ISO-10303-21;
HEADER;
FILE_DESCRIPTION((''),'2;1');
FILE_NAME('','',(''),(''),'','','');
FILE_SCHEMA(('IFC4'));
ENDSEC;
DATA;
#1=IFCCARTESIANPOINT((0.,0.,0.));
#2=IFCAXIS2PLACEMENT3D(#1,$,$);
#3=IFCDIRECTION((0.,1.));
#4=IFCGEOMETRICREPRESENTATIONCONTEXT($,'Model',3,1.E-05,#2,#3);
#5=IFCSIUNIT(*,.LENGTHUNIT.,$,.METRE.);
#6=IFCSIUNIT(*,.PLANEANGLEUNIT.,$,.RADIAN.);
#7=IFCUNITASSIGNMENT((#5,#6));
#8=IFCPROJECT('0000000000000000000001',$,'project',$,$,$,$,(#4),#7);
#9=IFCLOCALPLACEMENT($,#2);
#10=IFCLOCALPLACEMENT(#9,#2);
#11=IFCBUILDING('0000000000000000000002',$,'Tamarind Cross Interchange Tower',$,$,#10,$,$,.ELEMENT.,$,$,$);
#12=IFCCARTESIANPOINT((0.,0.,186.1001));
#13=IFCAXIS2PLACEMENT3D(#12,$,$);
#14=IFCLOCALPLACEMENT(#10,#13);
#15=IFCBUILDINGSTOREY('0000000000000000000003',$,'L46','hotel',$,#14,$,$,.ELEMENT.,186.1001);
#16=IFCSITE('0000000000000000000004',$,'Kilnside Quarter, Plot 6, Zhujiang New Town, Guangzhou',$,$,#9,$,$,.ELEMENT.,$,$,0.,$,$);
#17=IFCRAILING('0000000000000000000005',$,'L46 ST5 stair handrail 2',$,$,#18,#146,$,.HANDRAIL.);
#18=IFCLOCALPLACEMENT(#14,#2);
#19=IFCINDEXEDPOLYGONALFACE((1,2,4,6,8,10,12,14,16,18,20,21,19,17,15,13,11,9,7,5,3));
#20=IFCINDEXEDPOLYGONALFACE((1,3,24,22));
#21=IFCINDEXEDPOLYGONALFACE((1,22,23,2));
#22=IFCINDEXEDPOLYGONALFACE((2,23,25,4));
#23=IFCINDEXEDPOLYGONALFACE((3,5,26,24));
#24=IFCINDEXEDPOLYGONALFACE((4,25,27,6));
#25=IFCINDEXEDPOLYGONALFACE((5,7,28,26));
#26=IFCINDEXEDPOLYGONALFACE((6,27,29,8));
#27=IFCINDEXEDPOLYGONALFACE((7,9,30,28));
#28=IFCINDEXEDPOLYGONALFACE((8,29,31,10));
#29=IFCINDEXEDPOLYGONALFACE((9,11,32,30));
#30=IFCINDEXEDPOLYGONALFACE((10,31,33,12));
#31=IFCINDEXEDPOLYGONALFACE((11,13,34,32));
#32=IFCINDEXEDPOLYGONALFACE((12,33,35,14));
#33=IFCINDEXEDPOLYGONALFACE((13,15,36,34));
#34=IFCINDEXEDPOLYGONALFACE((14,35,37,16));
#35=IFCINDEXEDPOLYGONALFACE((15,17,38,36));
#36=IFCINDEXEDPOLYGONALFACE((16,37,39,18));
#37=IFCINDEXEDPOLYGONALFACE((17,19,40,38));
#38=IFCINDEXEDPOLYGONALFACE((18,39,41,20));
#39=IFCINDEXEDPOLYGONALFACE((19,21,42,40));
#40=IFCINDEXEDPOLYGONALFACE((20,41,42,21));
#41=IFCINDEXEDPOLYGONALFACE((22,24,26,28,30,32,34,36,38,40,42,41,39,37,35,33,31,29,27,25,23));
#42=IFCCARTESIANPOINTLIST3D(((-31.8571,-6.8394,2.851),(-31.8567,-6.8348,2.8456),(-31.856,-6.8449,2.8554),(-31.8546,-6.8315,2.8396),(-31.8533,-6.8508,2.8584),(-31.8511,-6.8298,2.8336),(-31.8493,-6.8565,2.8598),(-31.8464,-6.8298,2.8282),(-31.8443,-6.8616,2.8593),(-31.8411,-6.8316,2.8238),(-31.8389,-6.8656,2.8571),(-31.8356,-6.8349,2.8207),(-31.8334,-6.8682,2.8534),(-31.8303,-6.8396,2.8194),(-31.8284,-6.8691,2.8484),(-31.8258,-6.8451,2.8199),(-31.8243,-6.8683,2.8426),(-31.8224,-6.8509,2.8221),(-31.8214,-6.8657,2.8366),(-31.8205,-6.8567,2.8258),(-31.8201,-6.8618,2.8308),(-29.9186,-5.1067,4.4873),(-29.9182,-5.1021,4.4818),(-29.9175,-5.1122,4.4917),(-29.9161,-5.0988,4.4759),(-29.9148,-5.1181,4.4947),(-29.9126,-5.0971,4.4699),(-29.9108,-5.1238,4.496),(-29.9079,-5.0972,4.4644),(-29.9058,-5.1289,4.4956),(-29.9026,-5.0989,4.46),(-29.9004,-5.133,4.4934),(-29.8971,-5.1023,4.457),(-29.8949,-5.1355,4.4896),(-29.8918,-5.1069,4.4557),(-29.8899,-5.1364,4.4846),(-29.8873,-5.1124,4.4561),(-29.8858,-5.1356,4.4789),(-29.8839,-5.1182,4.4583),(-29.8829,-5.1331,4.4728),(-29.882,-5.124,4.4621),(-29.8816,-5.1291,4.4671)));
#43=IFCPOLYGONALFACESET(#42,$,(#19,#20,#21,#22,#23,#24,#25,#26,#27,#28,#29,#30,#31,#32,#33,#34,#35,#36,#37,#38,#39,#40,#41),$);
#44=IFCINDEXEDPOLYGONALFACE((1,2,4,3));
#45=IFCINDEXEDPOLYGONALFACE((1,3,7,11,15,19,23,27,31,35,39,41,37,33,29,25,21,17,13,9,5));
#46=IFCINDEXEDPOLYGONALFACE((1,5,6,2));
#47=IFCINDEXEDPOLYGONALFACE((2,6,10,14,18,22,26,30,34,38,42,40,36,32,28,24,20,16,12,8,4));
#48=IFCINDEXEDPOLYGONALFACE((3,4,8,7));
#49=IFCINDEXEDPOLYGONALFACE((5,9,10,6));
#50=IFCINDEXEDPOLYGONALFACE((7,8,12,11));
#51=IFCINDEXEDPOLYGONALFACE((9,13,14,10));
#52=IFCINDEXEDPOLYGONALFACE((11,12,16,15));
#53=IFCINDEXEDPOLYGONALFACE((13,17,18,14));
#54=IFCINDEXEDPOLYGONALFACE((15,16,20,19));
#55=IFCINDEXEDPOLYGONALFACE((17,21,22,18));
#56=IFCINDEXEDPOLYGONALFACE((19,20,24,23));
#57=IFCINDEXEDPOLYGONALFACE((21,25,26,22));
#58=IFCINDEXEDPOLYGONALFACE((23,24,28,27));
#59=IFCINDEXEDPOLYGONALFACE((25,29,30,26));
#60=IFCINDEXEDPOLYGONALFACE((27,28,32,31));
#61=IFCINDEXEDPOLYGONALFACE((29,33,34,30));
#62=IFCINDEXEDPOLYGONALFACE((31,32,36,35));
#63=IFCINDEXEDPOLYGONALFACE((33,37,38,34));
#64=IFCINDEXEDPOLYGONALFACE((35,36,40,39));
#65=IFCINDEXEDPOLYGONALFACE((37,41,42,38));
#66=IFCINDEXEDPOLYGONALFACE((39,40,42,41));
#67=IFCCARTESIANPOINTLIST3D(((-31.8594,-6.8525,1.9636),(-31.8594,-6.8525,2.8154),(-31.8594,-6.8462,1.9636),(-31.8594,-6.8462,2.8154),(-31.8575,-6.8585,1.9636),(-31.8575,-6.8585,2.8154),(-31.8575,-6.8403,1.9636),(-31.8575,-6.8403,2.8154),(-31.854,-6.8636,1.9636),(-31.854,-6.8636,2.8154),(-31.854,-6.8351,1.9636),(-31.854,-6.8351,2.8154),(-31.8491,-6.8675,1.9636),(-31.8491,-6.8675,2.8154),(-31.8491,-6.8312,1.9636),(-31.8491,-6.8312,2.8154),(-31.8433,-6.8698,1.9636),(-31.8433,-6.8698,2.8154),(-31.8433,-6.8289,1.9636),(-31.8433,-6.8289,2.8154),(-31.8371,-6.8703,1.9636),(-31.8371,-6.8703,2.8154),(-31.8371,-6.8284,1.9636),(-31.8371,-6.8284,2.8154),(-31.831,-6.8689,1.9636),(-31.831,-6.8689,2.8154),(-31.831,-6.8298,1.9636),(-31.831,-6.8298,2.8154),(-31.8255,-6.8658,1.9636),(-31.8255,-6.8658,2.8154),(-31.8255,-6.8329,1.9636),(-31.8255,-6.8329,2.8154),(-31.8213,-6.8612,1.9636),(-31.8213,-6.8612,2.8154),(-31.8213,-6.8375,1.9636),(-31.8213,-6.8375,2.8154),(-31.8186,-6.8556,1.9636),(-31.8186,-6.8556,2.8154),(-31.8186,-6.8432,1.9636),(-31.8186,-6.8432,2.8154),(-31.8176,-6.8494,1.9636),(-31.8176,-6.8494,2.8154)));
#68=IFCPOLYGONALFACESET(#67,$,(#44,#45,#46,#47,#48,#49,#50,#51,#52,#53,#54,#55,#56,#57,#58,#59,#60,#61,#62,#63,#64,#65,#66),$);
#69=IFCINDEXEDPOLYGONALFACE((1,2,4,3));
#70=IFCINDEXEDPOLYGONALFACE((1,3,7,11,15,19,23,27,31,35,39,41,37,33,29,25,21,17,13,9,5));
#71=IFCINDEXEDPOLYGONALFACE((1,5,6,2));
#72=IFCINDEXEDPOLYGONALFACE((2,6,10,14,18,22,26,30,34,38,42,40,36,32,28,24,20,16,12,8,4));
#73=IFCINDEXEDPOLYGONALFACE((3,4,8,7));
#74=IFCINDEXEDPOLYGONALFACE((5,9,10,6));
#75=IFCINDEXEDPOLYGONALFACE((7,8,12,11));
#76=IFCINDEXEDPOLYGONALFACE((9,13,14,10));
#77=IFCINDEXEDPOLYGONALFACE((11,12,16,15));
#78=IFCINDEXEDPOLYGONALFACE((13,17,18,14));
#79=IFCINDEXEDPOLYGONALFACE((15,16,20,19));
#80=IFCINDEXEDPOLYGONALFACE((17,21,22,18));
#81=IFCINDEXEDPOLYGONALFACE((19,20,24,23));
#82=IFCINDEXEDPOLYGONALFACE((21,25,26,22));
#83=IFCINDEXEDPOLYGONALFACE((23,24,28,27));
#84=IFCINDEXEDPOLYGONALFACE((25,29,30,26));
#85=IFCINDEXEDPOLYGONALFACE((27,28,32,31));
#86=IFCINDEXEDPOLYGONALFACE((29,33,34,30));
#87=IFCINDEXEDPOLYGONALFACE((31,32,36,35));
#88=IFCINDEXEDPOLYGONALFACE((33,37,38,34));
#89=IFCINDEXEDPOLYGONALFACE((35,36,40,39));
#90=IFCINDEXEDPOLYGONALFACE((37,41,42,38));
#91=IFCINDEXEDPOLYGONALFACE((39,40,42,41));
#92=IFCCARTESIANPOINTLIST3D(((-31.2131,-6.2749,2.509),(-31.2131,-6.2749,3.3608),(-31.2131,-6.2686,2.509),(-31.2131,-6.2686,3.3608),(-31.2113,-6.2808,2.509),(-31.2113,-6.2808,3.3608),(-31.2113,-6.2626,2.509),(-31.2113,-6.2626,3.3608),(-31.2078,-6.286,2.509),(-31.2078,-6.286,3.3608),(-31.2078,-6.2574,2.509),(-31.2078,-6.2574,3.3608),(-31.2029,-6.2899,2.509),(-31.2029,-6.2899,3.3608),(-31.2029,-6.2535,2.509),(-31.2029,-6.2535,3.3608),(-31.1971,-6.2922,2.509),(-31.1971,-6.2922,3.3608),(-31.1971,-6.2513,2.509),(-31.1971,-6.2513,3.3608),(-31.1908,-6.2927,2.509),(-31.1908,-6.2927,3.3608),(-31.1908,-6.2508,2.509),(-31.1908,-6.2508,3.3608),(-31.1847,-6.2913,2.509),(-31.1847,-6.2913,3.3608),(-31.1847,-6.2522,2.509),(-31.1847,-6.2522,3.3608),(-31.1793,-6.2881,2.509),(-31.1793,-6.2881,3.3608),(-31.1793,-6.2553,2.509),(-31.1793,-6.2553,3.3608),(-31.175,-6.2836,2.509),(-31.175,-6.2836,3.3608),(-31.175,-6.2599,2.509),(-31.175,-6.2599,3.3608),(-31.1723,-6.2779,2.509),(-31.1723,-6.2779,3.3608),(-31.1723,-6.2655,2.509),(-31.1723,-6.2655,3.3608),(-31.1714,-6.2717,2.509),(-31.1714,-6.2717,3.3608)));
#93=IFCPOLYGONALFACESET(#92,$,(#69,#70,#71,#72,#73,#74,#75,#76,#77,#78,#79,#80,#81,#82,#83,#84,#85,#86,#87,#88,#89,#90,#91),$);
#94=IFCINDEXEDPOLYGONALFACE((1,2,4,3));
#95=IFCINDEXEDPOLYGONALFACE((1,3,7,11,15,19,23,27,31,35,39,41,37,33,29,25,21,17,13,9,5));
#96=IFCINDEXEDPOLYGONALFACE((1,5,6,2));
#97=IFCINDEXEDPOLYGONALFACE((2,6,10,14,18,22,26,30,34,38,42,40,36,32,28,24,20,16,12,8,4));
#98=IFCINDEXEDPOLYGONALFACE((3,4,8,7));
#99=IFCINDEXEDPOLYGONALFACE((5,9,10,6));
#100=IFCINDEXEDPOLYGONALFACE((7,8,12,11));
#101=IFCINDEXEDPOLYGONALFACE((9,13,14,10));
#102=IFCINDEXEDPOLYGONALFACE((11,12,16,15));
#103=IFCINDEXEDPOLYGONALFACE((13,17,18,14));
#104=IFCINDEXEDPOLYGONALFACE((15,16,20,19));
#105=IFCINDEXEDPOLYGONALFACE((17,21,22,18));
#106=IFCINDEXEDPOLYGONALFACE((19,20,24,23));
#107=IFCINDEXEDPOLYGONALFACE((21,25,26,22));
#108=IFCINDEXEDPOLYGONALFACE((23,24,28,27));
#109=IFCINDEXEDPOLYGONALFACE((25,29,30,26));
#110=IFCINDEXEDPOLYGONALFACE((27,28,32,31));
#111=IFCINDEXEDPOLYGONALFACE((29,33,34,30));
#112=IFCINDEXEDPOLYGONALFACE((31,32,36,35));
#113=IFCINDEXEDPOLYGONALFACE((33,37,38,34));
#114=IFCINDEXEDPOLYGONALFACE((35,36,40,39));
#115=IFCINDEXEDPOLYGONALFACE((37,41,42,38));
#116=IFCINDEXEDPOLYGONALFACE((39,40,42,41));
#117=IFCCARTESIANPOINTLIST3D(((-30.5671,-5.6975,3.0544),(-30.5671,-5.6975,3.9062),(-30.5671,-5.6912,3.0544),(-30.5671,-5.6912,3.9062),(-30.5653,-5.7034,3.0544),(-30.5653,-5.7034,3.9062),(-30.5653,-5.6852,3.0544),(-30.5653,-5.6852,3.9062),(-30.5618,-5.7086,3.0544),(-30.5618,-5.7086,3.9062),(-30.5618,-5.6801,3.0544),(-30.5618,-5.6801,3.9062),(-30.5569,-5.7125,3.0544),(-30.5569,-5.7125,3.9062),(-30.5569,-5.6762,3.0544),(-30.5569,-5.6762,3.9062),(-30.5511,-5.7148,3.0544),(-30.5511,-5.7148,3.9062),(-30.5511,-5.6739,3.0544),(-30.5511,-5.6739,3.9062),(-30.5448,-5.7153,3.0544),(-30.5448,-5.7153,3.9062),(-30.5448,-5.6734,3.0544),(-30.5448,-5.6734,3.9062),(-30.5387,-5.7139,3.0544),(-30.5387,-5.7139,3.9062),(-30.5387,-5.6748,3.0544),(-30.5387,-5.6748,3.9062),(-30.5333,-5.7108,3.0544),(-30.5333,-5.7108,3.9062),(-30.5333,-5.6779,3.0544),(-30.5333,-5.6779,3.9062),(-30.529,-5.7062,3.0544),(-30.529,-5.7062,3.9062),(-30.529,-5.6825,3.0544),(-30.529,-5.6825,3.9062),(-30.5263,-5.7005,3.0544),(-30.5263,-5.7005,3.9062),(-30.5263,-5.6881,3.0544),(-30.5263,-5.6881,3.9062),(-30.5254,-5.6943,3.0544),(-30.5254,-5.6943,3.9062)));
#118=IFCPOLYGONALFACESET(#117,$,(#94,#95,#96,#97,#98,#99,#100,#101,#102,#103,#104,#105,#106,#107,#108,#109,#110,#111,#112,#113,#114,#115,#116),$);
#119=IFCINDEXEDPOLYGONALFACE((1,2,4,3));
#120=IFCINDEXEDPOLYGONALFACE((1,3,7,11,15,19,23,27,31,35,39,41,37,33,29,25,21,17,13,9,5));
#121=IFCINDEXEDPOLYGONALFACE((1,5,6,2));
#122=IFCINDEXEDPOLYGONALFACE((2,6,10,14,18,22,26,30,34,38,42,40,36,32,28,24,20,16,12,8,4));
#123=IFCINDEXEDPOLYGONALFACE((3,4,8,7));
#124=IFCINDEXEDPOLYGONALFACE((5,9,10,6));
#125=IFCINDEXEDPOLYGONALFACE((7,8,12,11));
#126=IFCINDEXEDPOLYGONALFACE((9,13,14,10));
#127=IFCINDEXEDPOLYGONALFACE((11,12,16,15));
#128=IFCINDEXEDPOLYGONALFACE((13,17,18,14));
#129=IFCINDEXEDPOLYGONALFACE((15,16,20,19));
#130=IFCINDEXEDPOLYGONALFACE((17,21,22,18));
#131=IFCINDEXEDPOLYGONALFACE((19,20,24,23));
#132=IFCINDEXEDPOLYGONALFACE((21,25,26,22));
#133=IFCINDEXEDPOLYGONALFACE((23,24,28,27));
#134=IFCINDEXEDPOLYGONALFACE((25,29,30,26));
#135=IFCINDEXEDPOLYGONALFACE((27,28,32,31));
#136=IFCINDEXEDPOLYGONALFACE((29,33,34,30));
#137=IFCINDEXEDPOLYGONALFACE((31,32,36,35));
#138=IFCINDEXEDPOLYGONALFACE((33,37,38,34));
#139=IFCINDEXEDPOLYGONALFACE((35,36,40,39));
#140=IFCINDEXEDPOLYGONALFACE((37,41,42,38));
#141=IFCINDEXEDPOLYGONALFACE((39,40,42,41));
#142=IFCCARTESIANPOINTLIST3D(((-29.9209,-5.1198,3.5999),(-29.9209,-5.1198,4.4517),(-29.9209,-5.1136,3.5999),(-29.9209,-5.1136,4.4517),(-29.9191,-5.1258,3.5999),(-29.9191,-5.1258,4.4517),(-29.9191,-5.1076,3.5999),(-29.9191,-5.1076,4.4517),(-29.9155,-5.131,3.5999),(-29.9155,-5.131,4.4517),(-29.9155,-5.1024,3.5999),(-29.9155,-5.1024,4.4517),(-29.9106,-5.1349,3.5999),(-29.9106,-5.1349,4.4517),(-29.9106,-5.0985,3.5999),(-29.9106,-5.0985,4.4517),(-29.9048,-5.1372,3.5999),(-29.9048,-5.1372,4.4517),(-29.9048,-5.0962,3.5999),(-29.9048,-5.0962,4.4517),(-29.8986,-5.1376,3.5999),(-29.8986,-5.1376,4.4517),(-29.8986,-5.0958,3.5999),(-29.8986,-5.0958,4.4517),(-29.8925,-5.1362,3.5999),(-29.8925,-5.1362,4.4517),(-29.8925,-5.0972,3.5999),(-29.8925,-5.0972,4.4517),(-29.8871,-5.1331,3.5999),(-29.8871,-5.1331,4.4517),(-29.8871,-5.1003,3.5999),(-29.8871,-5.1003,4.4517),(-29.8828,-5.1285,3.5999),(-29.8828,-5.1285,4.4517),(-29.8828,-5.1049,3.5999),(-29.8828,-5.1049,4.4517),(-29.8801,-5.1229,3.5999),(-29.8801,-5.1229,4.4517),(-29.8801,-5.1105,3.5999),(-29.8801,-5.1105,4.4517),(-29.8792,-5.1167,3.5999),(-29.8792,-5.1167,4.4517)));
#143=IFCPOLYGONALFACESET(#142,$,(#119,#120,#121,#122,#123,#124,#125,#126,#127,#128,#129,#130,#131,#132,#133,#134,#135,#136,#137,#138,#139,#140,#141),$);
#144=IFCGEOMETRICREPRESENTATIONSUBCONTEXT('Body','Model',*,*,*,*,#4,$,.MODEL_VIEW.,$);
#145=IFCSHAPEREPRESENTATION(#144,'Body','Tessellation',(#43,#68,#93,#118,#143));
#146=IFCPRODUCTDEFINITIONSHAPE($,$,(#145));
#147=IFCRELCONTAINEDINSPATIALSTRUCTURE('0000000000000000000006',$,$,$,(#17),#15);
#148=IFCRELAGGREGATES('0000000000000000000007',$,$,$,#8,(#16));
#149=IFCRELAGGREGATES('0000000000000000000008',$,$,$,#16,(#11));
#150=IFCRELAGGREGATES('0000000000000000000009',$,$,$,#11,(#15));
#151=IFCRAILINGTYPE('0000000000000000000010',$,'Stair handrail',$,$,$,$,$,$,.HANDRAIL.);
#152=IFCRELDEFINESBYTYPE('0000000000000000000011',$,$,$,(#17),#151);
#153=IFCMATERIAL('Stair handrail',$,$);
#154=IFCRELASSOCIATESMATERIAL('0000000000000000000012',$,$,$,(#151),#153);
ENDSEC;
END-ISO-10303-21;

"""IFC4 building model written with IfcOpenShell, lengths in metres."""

from ifc_helpers import new_model, si_unit, direction, frame, origin, origin_2d, place, context, subcontext, project, spatial, circle, extrude, material, type_object, element, save


model = new_model("IFC4")

# Units and contexts
model_context = context("Model", 3, precision=1e-05, world=origin(), true_north=direction((0.0, 1.0)))
body_context = subcontext(model_context, "Body", "Model", "MODEL_VIEW")
ifc_project = project(units=[si_unit("LENGTHUNIT", "METRE"), si_unit("PLANEANGLEUNIT", "RADIAN")], contexts=[model_context])

# Site, building, storey
site_placement = place(None, origin())
site = spatial("IfcSite", under=ifc_project, at=site_placement, Name="Kilnside Quarter, Plot 6, Zhujiang New Town, Guangzhou", CompositionType="ELEMENT", RefElevation=0.0)
building_placement = place(site_placement, origin())
building = spatial("IfcBuilding", under=site, at=building_placement, Name="Tamarind Cross Interchange Tower", CompositionType="ELEMENT")
storey_placement = place(building_placement, frame((0.0, 0.0, 186.1001)))
storey = spatial("IfcBuildingStorey", under=building, at=storey_placement, Name="L46", Description="hotel", CompositionType="ELEMENT", Elevation=186.1001)

# Railing
ifc_material_1 = material(Name="Stair handrail")
railing_type_1 = type_object("IfcRailingType", Name="Stair handrail", PredefinedType="HANDRAIL", material=ifc_material_1)
railing_1_placement = place(storey_placement, frame((-31.8386, -6.8494, 1.9636)))
element("IfcRailing", 1, at=railing_1_placement, inside=storey, type_object=railing_type_1, Name="L46 ST5 stair handrail 2", PredefinedType="HANDRAIL", context=body_context, shape_type="SweptSolid", body=[
    extrude(circle(Radius=0.0239, at=origin_2d()), frame((0.0, 0.0, 0.876), z_axis=(0.631018, 0.564022, 0.53263), x_axis=(-0.666419, 0.745578, 0.0)), (0.0, 0.0, 1.0), 3.072),
    extrude(circle(Radius=0.021, at=origin_2d()), origin(), (0.0, 0.0, 1.0), 0.8518),
    extrude(circle(Radius=0.021, at=origin_2d()), frame((0.6462, 0.5776, 0.5454)), (0.0, 0.0, 1.0), 0.8518),
    extrude(circle(Radius=0.021, at=origin_2d()), frame((1.2922, 1.155, 1.0908)), (0.0, 0.0, 1.0), 0.8518),
    extrude(circle(Radius=0.021, at=origin_2d()), frame((1.9385, 1.7327, 1.6362)), (0.0, 0.0, 1.0), 0.8518),
])

save(model, "model.ifc")
